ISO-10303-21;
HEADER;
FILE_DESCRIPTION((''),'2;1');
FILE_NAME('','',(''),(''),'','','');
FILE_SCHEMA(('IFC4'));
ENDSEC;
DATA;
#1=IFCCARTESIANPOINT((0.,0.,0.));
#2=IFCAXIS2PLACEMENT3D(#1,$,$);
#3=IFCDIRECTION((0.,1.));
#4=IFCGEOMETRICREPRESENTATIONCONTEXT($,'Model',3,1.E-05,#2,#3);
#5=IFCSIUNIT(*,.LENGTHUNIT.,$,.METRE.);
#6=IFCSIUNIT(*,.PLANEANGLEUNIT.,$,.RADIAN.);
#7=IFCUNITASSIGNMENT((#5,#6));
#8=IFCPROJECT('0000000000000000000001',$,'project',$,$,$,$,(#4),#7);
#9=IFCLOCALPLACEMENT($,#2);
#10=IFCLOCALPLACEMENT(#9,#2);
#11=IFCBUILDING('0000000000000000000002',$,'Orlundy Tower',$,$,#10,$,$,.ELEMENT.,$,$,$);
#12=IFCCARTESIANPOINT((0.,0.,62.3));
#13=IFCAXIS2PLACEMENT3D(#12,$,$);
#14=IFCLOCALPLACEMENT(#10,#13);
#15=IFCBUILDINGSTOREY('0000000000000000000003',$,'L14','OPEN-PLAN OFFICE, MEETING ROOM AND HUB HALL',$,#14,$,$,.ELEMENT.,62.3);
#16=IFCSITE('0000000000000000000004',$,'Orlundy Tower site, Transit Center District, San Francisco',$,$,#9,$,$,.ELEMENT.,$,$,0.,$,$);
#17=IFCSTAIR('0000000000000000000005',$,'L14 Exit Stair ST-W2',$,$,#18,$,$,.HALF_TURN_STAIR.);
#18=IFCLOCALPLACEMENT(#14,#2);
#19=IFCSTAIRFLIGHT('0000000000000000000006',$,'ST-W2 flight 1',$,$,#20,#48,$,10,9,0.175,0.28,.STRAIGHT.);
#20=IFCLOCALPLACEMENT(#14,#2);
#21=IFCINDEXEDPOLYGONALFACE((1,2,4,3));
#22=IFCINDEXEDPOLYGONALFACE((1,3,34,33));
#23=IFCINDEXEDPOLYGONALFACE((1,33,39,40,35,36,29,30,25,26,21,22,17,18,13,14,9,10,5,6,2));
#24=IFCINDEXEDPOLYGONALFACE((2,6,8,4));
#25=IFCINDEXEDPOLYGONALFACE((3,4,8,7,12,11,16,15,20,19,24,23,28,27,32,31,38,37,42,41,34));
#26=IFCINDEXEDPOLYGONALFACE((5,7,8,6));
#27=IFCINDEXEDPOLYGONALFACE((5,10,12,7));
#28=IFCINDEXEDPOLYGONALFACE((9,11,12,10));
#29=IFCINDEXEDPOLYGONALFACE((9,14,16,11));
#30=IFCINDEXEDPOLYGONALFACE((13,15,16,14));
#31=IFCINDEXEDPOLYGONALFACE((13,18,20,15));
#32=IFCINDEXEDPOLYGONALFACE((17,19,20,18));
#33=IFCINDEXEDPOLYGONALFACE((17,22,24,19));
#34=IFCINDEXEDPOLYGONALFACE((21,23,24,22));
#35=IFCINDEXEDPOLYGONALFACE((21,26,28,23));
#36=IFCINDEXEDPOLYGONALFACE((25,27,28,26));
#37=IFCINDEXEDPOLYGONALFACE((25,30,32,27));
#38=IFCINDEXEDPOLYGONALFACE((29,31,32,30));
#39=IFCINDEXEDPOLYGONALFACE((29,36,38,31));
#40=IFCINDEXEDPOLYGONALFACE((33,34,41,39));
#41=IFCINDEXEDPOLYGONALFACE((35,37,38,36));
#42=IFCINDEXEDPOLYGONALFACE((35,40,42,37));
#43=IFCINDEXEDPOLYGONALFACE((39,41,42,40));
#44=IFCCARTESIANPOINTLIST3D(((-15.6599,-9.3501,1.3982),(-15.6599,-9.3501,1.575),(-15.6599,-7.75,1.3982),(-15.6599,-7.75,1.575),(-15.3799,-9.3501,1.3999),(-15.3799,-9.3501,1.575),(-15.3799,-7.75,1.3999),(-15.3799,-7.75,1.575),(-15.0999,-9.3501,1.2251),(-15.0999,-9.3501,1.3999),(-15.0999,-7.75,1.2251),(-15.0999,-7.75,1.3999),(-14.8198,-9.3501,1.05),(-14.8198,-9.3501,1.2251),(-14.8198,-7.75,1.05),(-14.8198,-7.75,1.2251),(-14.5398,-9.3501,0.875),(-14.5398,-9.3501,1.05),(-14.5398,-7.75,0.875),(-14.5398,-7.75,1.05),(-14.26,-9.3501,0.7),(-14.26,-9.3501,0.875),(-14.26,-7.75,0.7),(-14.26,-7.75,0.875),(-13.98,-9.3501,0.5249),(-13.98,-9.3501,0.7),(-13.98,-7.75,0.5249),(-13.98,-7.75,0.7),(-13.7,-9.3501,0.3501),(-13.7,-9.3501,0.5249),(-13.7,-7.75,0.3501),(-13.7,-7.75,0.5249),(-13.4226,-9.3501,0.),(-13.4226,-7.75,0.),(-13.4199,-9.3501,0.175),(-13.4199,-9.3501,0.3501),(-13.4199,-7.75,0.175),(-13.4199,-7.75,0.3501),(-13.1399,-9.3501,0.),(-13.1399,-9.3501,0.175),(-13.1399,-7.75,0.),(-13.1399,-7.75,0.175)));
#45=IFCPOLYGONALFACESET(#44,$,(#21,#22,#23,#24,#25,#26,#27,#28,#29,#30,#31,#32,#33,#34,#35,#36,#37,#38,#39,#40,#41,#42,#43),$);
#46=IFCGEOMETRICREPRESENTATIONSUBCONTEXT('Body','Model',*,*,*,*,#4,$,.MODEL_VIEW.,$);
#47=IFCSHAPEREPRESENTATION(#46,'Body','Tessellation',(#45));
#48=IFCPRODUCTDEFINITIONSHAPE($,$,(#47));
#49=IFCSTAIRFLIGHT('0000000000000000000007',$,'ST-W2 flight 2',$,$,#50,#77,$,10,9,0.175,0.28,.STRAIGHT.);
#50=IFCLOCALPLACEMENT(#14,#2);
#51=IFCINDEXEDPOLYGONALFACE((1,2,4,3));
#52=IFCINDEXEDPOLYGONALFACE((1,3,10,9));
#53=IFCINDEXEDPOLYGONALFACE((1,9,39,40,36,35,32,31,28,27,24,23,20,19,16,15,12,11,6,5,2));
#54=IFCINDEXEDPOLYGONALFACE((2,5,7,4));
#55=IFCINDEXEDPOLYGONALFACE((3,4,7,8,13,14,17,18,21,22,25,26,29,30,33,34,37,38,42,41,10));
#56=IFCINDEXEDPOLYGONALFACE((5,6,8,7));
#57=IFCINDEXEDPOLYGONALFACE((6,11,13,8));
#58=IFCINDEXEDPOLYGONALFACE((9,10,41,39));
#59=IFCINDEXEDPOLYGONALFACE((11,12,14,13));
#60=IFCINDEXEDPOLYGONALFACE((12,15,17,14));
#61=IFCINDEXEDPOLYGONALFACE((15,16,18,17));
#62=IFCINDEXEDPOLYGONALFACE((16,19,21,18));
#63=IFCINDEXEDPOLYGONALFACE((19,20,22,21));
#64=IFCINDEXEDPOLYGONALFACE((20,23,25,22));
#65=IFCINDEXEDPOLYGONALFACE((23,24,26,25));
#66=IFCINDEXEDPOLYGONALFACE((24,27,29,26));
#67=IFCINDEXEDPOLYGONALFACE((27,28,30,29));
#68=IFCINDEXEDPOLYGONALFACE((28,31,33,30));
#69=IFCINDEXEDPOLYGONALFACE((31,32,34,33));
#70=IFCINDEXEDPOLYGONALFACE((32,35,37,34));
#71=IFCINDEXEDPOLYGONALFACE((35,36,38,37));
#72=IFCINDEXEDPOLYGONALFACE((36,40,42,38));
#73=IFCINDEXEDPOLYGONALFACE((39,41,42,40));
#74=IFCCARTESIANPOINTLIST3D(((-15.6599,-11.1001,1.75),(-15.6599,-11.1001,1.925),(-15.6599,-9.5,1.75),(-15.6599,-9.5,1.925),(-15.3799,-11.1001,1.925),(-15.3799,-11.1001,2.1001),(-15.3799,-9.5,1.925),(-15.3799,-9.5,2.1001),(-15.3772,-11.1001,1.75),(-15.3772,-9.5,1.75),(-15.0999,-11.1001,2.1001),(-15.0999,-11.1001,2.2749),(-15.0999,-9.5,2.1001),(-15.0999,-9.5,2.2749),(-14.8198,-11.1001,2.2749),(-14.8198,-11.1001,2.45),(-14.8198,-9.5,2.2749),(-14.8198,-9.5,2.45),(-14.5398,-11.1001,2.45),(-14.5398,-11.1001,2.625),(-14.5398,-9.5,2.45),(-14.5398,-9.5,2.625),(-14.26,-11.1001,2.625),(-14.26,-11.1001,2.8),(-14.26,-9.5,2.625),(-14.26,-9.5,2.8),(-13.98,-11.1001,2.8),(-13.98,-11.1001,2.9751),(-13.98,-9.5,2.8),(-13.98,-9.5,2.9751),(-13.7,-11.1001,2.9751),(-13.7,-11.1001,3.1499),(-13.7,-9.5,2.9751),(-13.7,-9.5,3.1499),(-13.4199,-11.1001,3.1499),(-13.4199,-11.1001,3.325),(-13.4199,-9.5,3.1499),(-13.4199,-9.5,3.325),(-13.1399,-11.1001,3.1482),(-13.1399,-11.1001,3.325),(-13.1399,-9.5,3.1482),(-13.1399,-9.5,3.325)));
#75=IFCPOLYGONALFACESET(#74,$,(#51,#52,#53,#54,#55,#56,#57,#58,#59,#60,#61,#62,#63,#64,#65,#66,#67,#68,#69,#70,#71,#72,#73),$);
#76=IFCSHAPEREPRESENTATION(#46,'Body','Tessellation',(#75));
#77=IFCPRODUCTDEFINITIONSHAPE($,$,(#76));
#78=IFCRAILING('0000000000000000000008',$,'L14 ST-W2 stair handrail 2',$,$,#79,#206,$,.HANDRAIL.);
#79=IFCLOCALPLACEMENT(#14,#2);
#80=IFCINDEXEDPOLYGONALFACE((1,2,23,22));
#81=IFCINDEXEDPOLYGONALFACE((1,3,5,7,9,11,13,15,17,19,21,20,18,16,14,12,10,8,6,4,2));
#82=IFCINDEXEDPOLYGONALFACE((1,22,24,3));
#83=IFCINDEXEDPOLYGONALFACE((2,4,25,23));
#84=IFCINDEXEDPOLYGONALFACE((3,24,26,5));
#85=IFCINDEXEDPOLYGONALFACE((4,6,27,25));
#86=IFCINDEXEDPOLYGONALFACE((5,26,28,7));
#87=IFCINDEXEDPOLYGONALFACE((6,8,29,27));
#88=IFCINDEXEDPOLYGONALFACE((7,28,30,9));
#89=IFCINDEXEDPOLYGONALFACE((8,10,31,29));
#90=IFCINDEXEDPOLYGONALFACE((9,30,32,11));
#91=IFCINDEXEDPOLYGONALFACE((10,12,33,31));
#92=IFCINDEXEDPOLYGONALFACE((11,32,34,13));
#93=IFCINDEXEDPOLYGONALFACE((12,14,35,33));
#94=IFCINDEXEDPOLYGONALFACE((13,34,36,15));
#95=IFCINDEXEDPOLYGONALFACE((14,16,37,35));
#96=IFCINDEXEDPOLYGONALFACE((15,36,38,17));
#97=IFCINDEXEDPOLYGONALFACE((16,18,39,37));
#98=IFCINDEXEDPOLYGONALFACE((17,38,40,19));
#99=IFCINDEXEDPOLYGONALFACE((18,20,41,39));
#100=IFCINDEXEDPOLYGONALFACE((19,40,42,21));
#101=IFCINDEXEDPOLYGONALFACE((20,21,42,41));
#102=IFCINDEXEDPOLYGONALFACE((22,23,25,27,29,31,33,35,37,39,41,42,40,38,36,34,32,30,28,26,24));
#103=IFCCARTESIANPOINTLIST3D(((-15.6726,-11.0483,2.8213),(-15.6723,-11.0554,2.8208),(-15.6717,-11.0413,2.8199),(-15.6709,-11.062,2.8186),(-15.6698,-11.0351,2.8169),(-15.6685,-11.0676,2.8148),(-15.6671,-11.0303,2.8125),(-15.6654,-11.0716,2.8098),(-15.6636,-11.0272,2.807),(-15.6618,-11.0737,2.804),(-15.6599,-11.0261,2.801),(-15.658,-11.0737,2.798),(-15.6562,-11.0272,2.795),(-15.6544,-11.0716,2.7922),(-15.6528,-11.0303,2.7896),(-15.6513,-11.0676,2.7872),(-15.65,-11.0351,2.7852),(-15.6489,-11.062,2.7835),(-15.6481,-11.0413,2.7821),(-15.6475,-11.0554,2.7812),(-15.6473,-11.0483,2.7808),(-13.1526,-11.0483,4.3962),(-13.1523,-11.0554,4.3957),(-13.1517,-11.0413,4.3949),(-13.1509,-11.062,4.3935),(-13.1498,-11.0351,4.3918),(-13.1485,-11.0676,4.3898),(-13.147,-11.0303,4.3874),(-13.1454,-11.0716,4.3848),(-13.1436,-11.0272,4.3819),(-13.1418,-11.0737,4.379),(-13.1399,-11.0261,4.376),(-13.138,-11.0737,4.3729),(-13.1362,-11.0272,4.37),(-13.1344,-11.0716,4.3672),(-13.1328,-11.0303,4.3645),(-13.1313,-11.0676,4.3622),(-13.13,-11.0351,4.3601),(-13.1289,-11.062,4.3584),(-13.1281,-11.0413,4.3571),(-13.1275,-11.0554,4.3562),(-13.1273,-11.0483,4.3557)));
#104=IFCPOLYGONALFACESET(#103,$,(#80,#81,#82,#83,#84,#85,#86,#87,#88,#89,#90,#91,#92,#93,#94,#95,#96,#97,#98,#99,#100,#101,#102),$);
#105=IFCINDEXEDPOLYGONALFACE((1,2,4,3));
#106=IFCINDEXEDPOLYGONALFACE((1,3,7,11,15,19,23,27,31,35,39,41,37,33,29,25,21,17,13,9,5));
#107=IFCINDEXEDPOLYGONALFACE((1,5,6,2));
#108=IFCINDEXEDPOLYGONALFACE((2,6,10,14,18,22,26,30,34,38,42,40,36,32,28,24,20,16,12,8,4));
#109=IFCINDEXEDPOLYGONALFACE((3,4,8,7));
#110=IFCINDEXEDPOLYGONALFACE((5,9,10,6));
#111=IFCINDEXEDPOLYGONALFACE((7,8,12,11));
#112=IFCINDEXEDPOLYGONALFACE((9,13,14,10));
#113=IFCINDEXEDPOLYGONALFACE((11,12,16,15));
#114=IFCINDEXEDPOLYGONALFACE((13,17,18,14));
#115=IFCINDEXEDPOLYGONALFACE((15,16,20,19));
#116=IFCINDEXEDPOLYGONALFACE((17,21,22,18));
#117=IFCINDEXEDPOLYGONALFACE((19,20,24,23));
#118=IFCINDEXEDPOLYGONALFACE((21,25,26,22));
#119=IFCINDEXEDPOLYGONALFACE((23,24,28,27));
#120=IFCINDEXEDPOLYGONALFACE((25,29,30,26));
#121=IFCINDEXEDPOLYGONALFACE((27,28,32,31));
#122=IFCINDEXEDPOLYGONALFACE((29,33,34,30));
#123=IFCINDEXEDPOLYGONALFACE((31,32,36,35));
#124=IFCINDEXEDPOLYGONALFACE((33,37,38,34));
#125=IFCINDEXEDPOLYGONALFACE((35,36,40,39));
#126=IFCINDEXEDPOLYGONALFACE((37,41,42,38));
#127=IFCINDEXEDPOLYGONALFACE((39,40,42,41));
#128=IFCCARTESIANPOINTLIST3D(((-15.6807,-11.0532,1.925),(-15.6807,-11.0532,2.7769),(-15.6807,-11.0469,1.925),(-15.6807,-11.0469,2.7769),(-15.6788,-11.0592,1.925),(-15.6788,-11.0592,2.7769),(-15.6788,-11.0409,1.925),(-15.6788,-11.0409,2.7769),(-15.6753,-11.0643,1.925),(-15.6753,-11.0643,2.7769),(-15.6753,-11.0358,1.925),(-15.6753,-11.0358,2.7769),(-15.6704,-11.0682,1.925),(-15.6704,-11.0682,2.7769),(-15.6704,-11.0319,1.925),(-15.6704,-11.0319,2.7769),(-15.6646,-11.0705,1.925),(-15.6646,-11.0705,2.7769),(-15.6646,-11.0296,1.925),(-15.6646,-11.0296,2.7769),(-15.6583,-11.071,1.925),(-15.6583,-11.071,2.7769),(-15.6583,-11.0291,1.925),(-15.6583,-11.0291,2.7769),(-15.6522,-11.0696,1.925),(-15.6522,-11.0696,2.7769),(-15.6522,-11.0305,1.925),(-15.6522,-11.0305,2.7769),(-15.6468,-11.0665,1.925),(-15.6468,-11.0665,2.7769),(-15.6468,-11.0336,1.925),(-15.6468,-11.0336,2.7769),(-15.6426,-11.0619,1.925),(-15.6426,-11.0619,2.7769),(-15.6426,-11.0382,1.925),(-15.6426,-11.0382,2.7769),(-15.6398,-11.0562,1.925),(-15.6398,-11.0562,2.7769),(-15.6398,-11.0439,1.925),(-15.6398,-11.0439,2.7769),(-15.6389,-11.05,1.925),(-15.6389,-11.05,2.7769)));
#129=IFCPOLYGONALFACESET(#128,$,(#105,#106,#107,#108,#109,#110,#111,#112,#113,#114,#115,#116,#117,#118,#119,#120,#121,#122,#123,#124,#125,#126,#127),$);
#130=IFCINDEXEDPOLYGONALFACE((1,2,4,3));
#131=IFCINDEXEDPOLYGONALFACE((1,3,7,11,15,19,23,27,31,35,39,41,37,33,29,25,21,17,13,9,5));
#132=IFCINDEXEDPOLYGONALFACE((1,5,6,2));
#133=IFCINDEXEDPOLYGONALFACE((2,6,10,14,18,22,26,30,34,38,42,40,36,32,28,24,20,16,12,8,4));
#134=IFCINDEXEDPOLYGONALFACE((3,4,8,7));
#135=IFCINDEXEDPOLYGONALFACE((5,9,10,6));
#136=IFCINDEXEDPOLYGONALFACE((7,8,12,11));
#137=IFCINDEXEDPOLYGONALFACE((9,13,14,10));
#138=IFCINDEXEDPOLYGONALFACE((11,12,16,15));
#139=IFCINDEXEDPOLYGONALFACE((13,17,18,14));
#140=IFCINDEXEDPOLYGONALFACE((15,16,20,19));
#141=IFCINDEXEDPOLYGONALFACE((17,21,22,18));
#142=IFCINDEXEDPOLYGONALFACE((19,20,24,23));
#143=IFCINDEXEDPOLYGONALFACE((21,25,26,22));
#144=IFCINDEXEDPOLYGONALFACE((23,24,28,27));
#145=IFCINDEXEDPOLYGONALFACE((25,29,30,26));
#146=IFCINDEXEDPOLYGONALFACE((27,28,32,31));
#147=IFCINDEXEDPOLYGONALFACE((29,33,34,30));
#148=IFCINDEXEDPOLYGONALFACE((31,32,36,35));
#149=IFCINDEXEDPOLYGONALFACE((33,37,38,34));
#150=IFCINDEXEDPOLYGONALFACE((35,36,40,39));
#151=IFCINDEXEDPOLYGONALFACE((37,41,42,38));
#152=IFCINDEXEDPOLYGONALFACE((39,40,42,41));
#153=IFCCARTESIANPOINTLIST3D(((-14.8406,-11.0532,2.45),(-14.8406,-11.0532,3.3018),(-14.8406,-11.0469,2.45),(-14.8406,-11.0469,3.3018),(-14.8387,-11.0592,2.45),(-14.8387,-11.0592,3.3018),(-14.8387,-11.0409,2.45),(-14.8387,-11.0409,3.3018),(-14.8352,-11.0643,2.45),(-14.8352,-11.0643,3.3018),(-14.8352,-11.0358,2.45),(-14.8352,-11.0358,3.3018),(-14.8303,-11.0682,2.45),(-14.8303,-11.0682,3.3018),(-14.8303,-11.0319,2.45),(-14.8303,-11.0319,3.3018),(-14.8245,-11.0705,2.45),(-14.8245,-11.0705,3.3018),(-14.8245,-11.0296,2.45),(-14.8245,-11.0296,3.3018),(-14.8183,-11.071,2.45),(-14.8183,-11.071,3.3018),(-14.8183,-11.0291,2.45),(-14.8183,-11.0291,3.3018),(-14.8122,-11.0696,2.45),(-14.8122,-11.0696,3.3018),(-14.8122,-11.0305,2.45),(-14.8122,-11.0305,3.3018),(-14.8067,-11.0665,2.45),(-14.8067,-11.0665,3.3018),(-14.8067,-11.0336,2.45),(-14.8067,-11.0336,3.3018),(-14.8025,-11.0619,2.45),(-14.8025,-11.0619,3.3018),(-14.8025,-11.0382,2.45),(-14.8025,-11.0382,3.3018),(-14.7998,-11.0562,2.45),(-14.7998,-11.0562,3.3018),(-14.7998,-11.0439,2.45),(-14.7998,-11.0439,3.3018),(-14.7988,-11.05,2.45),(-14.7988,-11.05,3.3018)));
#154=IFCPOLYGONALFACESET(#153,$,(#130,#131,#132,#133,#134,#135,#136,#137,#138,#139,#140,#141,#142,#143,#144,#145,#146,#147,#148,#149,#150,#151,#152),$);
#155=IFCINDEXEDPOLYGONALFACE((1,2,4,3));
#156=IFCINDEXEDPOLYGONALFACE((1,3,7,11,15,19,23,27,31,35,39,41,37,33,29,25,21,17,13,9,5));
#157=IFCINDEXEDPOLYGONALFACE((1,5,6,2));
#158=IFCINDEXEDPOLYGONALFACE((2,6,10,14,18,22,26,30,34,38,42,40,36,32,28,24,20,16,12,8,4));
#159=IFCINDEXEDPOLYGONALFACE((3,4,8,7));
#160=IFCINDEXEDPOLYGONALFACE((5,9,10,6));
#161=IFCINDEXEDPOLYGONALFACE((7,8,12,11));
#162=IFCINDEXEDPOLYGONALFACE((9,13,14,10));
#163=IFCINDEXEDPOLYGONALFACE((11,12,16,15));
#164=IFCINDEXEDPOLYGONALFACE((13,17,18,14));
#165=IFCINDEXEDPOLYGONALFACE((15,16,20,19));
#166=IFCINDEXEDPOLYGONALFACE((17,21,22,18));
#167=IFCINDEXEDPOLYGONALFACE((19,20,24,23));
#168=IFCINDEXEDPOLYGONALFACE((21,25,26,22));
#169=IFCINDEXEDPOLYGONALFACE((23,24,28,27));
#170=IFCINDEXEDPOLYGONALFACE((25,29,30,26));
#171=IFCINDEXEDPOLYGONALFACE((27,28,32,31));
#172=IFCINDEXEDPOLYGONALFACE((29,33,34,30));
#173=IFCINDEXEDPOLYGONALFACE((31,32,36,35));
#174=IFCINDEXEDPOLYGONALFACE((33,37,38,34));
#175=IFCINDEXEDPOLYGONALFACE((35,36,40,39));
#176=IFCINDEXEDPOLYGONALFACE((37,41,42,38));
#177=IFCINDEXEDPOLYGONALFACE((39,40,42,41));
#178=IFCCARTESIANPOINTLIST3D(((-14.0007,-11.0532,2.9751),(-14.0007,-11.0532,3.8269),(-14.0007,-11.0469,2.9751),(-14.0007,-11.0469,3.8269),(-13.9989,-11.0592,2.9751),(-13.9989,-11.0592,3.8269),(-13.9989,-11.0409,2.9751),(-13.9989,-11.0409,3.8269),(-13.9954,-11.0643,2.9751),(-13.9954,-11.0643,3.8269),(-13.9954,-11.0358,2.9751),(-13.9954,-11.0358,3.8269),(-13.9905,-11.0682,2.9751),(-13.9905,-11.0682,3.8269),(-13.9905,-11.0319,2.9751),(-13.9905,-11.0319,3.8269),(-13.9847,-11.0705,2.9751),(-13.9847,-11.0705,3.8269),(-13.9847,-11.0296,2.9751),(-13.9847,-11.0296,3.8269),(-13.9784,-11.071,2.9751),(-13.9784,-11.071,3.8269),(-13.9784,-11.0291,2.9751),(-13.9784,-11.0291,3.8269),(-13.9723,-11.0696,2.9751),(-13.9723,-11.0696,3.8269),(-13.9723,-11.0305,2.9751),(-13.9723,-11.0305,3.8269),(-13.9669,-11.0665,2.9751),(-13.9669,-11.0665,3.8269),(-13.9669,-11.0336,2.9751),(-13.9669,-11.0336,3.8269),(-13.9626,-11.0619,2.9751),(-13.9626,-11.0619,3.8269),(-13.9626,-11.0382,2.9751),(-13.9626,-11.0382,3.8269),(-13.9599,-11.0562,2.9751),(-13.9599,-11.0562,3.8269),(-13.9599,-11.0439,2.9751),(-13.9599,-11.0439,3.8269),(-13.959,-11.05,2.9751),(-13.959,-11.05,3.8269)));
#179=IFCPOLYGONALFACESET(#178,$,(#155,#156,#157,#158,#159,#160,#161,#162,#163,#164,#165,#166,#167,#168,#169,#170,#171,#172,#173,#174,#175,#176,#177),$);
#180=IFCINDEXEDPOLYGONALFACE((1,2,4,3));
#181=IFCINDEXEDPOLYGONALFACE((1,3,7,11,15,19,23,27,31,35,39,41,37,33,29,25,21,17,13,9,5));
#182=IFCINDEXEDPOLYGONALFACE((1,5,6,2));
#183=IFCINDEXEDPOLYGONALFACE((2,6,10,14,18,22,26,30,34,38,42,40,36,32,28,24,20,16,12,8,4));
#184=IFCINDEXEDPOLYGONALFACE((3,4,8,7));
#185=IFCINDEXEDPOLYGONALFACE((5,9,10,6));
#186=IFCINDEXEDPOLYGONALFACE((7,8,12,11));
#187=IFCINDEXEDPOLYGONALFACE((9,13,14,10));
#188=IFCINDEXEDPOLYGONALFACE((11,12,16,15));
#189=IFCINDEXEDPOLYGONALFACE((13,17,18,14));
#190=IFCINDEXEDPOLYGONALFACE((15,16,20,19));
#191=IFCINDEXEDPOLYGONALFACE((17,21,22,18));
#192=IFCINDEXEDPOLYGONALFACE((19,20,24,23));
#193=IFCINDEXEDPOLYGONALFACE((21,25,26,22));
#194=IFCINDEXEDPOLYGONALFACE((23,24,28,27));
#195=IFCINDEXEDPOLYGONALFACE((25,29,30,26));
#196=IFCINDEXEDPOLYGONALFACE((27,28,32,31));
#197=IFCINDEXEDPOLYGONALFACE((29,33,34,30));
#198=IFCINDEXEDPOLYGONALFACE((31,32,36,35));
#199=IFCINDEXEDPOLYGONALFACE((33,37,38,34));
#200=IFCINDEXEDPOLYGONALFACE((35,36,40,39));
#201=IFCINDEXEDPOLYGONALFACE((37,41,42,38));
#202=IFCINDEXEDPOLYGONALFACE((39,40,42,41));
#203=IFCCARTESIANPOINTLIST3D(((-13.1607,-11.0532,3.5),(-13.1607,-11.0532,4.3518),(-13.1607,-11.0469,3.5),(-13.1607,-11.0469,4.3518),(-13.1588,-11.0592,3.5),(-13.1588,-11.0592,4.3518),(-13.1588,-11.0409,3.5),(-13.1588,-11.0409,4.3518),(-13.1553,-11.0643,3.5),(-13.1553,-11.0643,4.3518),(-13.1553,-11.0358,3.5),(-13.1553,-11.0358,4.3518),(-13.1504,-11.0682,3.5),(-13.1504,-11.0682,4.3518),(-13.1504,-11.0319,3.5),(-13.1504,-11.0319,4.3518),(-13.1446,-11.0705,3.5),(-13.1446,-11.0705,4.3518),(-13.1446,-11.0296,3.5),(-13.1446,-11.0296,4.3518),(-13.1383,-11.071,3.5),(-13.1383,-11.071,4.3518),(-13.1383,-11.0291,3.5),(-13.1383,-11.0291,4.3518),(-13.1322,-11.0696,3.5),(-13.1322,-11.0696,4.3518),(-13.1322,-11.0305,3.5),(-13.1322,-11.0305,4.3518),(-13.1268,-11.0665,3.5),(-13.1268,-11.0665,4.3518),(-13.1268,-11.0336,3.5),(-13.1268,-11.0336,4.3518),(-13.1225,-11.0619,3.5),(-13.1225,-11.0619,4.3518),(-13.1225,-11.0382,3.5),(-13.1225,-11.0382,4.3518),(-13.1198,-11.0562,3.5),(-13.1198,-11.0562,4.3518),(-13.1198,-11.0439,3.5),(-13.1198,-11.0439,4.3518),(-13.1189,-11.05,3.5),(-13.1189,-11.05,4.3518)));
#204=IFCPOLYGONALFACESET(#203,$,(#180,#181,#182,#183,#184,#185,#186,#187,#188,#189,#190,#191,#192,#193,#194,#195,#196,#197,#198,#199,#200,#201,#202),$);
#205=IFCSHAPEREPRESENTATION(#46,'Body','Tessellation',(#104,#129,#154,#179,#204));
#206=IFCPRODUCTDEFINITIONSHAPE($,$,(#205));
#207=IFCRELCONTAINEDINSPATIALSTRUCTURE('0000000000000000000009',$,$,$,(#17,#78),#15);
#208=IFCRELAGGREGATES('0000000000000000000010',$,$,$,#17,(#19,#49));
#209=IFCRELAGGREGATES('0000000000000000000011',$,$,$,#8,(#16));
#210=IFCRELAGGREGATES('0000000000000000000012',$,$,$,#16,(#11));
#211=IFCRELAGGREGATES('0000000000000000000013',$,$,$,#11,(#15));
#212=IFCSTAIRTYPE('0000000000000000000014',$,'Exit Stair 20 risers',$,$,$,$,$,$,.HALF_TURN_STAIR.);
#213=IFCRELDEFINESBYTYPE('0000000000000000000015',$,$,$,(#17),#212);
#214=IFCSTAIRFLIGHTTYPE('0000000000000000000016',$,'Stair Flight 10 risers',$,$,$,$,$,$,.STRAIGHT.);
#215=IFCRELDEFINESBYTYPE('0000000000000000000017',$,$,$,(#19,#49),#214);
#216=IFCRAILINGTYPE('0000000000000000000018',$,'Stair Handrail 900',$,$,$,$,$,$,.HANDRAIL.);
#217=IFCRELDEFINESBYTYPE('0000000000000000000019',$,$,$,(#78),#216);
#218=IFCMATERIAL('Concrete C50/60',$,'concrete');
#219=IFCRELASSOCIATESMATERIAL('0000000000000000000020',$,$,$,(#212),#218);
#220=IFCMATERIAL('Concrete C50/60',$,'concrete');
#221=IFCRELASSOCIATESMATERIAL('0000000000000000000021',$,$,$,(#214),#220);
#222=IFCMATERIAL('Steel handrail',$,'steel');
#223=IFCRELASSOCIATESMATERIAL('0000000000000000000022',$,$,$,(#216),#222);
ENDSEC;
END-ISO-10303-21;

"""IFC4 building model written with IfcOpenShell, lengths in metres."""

from ifc_helpers import new_model, si_unit, direction, frame, origin, origin_2d, place, context, subcontext, project, spatial, polyline, circle, outline, extrude, material, type_object, element, aggregate, save


model = new_model("IFC4")

# Units and contexts
model_context = context("Model", 3, precision=1e-05, world=origin(), true_north=direction((0.0, 1.0)))
body_context = subcontext(model_context, "Body", "Model", "MODEL_VIEW")
ifc_project = project(units=[si_unit("LENGTHUNIT", "METRE"), si_unit("PLANEANGLEUNIT", "RADIAN")], contexts=[model_context])

# Site, building, storey
site_placement = place(None, origin())
site = spatial("IfcSite", under=ifc_project, at=site_placement, Name="Orlundy Tower site, Transit Center District, San Francisco", CompositionType="ELEMENT", RefElevation=0.0)
building_placement = place(site_placement, origin())
building = spatial("IfcBuilding", under=site, at=building_placement, Name="Orlundy Tower", CompositionType="ELEMENT")
storey_placement = place(building_placement, frame((0.0, 0.0, 62.3)))
storey = spatial("IfcBuildingStorey", under=building, at=storey_placement, Name="L14", Description="OPEN-PLAN OFFICE, MEETING ROOM AND HUB HALL", CompositionType="ELEMENT", Elevation=62.3)

# Stair, stair flights
ifc_material_1 = material(Name="Concrete C50/60", Category="concrete")
stair_type = type_object("IfcStairType", Name="Exit Stair 20 risers", PredefinedType="HALF_TURN_STAIR", material=ifc_material_1)
stair_placement = place(storey_placement, origin())
stair = element("IfcStair", 1, at=stair_placement, inside=storey, type_object=stair_type, Name="L14 Exit Stair ST-W2", PredefinedType="HALF_TURN_STAIR")
ifc_material_2 = material(Name="Concrete C50/60", Category="concrete")
stair_flight_type = type_object("IfcStairFlightType", Name="Stair Flight 10 risers", PredefinedType="STRAIGHT", material=ifc_material_2)
stair_flight_1_placement = place(storey_placement, frame((-13.1399, -8.55, 0.0), z_axis=(0.0, 0.0, 1.0), x_axis=(-1.0, 0.0, 0.0)))
stair_flight_1 = element("IfcStairFlight", 2, at=stair_flight_1_placement, type_object=stair_flight_type, Name="ST-W2 flight 1", NumberOfRisers=10, NumberOfTreads=9, PredefinedType="STRAIGHT", RiserHeight=0.175, TreadLength=0.28, context=body_context, shape_type="SweptSolid", body=[
    extrude(outline(polyline([(0.0, 0.0), (0.0, 0.175), (0.28, 0.175), (0.28, 0.3501), (0.5601, 0.3501), (0.5601, 0.5249), (0.8401, 0.5249), (0.8401, 0.7), (1.1201, 0.7), (1.1201, 0.875), (1.3999, 0.875), (1.3999, 1.05), (1.6799, 1.05), (1.6799, 1.2251), (1.96, 1.2251), (1.96, 1.3999), (2.24, 1.3999), (2.24, 1.575), (2.52, 1.575), (2.52, 1.75), (2.52, 1.3982), (0.2827, 0.0), (0.0, 0.0)])), frame((0.0, 0.8, 0.0), z_axis=(0.0, -1.0, 0.0), x_axis=(1.0, 0.0, 0.0)), (0.0, 0.0, 1.0), 1.6001),
])
stair_flight_2_placement = place(storey_placement, frame((-15.6599, -10.3, 1.75), z_axis=(0.0, 0.0, 1.0), x_axis=(1.0, 0.0, 0.0)))
stair_flight_2 = element("IfcStairFlight", 3, at=stair_flight_2_placement, type_object=stair_flight_type, Name="ST-W2 flight 2", NumberOfRisers=10, NumberOfTreads=9, PredefinedType="STRAIGHT", RiserHeight=0.175, TreadLength=0.28, context=body_context, shape_type="SweptSolid", body=[
    extrude(outline(polyline([(0.0, 0.0), (0.0, 0.175), (0.28, 0.175), (0.28, 0.3501), (0.5601, 0.3501), (0.5601, 0.5249), (0.8401, 0.5249), (0.8401, 0.7), (1.1201, 0.7), (1.1201, 0.875), (1.3999, 0.875), (1.3999, 1.05), (1.6799, 1.05), (1.6799, 1.2251), (1.96, 1.2251), (1.96, 1.3999), (2.24, 1.3999), (2.24, 1.575), (2.52, 1.575), (2.52, 1.75), (2.52, 1.3982), (0.2827, 0.0), (0.0, 0.0)])), frame((0.0, 0.8, 0.0), z_axis=(0.0, -1.0, 0.0), x_axis=(1.0, 0.0, 0.0)), (0.0, 0.0, 1.0), 1.6001),
])
aggregate(stair, [stair_flight_1, stair_flight_2])

# Railing
ifc_material_3 = material(Name="Steel handrail", Category="steel")
railing_type = type_object("IfcRailingType", Name="Stair Handrail 900", PredefinedType="HANDRAIL", material=ifc_material_3)
railing_placement = place(storey_placement, frame((-15.6599, -11.05, 1.925)))
element("IfcRailing", 4, at=railing_placement, inside=storey, type_object=railing_type, Name="L14 ST-W2 stair handrail 2", PredefinedType="HANDRAIL", context=body_context, shape_type="SweptSolid", body=[
    extrude(circle(Radius=0.0239, at=origin_2d()), frame((0.0, 0.0, 0.876), z_axis=(0.848008, 0.0, 0.529984), x_axis=(0.0, 1.0, 0.0)), (0.0, 0.0, 1.0), 2.9717),
    extrude(circle(Radius=0.021, at=origin_2d()), origin(), (0.0, 0.0, 1.0), 0.8518),
    extrude(circle(Radius=0.021, at=origin_2d()), frame((0.8401, 0.0, 0.5249)), (0.0, 0.0, 1.0), 0.8518),
    extrude(circle(Radius=0.021, at=origin_2d()), frame((1.6799, 0.0, 1.05)), (0.0, 0.0, 1.0), 0.8518),
    extrude(circle(Radius=0.021, at=origin_2d()), frame((2.52, 0.0, 1.575)), (0.0, 0.0, 1.0), 0.8518),
])

save(model, "model.ifc")
